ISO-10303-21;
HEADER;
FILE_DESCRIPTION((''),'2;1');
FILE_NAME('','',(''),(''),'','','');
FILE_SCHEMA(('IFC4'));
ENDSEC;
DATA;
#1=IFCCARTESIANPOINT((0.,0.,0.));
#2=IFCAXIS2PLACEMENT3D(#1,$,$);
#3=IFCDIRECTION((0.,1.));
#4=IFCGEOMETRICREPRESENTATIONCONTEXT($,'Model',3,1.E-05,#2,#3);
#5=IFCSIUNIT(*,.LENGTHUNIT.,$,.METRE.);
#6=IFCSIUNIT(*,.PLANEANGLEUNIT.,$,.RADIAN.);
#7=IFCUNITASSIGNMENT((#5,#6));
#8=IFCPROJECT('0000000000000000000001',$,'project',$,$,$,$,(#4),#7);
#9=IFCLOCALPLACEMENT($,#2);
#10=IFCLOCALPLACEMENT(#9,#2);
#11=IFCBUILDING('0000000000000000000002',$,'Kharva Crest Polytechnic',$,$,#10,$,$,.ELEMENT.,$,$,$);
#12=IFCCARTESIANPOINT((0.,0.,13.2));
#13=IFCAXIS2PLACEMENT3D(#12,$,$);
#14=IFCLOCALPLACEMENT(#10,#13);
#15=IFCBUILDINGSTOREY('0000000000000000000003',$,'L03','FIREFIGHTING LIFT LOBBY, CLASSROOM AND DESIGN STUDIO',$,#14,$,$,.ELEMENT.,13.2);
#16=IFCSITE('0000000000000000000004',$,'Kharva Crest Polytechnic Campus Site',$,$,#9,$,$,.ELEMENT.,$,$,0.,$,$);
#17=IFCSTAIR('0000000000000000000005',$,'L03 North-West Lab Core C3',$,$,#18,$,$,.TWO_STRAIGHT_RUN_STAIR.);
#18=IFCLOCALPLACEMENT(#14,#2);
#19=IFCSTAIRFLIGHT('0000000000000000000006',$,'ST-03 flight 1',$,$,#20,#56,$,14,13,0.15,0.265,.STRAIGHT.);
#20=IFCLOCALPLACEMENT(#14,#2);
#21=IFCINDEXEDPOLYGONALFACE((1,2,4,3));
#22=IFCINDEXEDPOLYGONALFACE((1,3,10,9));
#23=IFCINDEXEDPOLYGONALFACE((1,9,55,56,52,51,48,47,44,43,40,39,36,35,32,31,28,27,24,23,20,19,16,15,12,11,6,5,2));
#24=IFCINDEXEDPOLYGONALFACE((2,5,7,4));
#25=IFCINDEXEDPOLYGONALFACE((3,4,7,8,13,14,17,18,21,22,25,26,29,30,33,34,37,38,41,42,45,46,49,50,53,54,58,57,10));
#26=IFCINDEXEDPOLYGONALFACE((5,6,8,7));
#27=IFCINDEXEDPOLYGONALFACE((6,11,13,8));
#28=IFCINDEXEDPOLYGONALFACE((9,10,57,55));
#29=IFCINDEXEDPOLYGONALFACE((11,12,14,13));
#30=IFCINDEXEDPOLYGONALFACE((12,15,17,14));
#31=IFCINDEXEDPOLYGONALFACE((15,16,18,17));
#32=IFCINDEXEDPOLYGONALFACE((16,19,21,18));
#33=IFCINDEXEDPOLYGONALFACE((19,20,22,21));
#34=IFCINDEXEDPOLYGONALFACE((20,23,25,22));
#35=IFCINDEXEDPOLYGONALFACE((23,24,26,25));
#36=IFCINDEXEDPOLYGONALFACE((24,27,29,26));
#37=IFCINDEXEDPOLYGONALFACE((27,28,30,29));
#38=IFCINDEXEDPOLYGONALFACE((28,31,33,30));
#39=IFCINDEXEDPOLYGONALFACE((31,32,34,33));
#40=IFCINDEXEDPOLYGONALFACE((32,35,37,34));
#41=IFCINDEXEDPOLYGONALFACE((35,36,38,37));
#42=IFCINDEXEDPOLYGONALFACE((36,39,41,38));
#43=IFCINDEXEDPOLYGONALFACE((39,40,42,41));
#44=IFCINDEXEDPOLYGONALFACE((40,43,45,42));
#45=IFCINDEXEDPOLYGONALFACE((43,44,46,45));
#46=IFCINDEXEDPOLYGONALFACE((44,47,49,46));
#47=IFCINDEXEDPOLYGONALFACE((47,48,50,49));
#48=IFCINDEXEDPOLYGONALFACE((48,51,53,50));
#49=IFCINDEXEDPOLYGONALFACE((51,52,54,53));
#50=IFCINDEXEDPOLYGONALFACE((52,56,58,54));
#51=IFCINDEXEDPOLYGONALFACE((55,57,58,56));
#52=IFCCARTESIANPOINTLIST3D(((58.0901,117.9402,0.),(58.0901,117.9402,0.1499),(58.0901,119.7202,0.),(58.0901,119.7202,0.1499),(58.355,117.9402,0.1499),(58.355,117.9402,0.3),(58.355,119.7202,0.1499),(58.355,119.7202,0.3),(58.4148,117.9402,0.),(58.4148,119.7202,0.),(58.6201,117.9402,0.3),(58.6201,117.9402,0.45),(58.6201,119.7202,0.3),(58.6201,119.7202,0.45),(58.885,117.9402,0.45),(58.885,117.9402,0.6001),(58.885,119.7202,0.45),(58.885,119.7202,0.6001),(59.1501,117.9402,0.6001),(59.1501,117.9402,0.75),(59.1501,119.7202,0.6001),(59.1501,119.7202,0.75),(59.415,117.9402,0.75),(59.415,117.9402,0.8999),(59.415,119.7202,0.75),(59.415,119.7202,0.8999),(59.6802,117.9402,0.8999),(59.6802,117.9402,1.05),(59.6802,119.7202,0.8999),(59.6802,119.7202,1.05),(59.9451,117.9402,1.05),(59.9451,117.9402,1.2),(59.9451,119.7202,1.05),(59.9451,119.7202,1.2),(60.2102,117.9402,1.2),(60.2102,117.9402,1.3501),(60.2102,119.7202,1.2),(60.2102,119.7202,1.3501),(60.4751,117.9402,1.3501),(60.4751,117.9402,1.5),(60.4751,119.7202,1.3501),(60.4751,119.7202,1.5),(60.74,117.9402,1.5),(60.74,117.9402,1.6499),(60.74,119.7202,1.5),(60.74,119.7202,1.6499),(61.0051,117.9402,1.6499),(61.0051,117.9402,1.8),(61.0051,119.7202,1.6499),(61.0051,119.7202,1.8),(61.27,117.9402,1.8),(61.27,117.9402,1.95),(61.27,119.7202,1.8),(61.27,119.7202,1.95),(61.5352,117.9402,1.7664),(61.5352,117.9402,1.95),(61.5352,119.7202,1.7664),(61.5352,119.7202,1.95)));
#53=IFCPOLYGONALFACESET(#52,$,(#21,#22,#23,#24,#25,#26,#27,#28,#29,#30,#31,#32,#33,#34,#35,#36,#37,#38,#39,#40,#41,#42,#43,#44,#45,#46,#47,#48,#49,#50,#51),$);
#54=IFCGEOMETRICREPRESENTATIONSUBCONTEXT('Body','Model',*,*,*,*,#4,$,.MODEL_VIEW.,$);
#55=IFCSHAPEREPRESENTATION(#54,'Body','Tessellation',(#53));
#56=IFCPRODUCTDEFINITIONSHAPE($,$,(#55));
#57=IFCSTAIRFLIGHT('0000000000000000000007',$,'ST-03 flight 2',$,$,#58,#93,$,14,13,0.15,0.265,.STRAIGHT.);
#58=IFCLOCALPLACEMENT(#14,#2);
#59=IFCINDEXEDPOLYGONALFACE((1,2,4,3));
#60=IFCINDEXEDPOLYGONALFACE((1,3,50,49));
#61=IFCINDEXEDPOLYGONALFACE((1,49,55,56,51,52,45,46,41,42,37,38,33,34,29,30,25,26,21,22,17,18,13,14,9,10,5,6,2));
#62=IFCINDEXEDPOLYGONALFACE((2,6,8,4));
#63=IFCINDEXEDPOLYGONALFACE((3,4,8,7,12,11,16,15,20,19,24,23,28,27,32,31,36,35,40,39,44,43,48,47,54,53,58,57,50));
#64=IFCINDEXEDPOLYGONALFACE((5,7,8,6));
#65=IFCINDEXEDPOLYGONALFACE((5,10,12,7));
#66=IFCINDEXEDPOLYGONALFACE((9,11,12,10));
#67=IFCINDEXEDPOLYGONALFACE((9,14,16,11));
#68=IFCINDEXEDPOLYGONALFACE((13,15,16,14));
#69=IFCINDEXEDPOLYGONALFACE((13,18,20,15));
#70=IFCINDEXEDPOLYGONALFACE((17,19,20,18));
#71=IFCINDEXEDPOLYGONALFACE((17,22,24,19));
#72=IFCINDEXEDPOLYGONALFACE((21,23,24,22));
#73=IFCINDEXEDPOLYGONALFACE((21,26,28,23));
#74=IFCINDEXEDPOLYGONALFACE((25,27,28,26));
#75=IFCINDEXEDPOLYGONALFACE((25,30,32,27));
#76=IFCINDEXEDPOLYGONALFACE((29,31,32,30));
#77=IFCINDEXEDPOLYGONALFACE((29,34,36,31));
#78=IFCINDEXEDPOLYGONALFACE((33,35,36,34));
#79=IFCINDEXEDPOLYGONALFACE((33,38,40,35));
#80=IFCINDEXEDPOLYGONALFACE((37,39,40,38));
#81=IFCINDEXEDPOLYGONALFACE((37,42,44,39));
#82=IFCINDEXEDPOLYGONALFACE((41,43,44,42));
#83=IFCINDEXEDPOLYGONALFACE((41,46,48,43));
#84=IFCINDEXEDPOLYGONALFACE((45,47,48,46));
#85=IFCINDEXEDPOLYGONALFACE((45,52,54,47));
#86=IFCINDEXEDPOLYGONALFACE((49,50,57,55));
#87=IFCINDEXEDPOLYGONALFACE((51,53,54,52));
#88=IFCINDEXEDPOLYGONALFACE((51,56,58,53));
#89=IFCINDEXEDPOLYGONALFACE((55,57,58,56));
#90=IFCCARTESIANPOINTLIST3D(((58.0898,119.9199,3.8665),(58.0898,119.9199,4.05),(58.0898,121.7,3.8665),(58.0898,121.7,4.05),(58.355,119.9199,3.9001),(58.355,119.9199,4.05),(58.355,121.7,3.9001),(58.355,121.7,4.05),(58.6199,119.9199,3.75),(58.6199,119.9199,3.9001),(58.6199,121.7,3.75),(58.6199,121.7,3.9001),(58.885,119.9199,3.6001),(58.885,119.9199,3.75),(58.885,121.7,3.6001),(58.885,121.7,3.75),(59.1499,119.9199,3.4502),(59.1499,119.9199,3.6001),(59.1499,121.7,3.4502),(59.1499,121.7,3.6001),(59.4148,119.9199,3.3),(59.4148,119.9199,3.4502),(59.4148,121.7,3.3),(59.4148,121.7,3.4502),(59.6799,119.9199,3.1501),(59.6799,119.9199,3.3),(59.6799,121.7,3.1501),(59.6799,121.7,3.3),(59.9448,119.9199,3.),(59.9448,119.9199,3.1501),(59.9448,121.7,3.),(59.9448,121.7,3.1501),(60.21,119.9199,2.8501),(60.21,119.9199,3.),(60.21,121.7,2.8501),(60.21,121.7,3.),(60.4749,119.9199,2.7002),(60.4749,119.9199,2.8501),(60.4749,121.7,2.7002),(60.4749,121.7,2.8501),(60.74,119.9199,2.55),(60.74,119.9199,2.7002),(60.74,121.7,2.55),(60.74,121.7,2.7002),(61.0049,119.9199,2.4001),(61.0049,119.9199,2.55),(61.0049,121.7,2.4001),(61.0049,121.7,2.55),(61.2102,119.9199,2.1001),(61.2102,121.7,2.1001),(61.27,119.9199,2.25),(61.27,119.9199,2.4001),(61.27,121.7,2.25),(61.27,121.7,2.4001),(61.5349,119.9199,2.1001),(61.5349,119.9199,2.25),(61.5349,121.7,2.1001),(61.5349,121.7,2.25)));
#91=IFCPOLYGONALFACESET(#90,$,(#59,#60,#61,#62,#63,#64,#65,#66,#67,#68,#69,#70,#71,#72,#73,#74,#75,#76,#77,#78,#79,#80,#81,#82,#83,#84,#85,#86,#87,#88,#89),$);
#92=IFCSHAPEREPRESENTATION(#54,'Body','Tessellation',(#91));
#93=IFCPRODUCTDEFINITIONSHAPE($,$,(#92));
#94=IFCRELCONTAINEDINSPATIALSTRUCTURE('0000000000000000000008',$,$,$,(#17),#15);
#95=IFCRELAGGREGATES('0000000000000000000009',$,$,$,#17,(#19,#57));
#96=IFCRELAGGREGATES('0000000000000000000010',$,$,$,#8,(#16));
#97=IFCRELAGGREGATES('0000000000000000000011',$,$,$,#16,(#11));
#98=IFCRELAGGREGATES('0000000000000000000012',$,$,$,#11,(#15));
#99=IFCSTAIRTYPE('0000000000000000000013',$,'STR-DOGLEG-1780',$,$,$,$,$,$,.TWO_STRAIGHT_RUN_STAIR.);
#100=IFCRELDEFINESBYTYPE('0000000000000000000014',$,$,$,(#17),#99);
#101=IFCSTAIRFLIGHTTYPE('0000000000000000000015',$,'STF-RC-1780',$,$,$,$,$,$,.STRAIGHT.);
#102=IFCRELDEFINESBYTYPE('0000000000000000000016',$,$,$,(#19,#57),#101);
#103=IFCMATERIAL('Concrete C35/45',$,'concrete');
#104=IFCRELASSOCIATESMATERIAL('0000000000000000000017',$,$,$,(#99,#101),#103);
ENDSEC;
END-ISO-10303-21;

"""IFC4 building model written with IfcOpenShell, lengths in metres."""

from ifc_helpers import new_model, si_unit, direction, frame, origin, place, context, subcontext, project, spatial, polyline, outline, extrude, material, type_object, element, aggregate, save


model = new_model("IFC4")

# Units and contexts
model_context = context("Model", 3, precision=1e-05, world=origin(), true_north=direction((0.0, 1.0)))
body_context = subcontext(model_context, "Body", "Model", "MODEL_VIEW")
ifc_project = project(units=[si_unit("LENGTHUNIT", "METRE"), si_unit("PLANEANGLEUNIT", "RADIAN")], contexts=[model_context])

# Site, building, storey
site_placement = place(None, origin())
site = spatial("IfcSite", under=ifc_project, at=site_placement, Name="Kharva Crest Polytechnic Campus Site", CompositionType="ELEMENT", RefElevation=0.0)
building_placement = place(site_placement, origin())
building = spatial("IfcBuilding", under=site, at=building_placement, Name="Kharva Crest Polytechnic", CompositionType="ELEMENT")
storey_placement = place(building_placement, frame((0.0, 0.0, 13.2)))
storey = spatial("IfcBuildingStorey", under=building, at=storey_placement, Name="L03", Description="FIREFIGHTING LIFT LOBBY, CLASSROOM AND DESIGN STUDIO", CompositionType="ELEMENT", Elevation=13.2)

# Shared definitions
ifc_material_1 = material(Name="Concrete C35/45", Category="concrete")

# Stair, stair flights
stair_type = type_object("IfcStairType", Name="STR-DOGLEG-1780", PredefinedType="TWO_STRAIGHT_RUN_STAIR", material=ifc_material_1)
stair_placement = place(storey_placement, origin())
stair = element("IfcStair", 1, at=stair_placement, inside=storey, type_object=stair_type, Name="L03 North-West Lab Core C3", PredefinedType="TWO_STRAIGHT_RUN_STAIR")
stair_flight_type = type_object("IfcStairFlightType", Name="STF-RC-1780", PredefinedType="STRAIGHT", material=ifc_material_1)
stair_flight_1_placement = place(storey_placement, frame((58.0901, 118.8301, 0.0), z_axis=(0.0, 0.0, 1.0), x_axis=(1.0, 0.0, 0.0)))
stair_flight_1 = element("IfcStairFlight", 2, at=stair_flight_1_placement, type_object=stair_flight_type, Name="ST-03 flight 1", NumberOfRisers=14, NumberOfTreads=13, PredefinedType="STRAIGHT", RiserHeight=0.15, TreadLength=0.265, context=body_context, shape_type="SweptSolid", body=[
    extrude(outline(polyline([(0.0, 0.0), (0.0, 0.1499), (0.2649, 0.1499), (0.2649, 0.3), (0.53, 0.3), (0.53, 0.45), (0.7949, 0.45), (0.7949, 0.6001), (1.0601, 0.6001), (1.0601, 0.75), (1.325, 0.75), (1.325, 0.8999), (1.5901, 0.8999), (1.5901, 1.05), (1.855, 1.05), (1.855, 1.2), (2.1201, 1.2), (2.1201, 1.3501), (2.385, 1.3501), (2.385, 1.5), (2.6499, 1.5), (2.6499, 1.6499), (2.915, 1.6499), (2.915, 1.8), (3.1799, 1.8), (3.1799, 1.95), (3.4451, 1.95), (3.4451, 2.1001), (3.4451, 1.7664), (0.3247, 0.0), (0.0, 0.0)])), frame((0.0, 0.8901, 0.0), z_axis=(0.0, -1.0, 0.0), x_axis=(1.0, 0.0, 0.0)), (0.0, 0.0, 1.0), 1.78),
])
stair_flight_2_placement = place(storey_placement, frame((61.5349, 120.8101, 2.1001), z_axis=(0.0, 0.0, 1.0), x_axis=(-1.0, 0.0, 0.0)))
stair_flight_2 = element("IfcStairFlight", 3, at=stair_flight_2_placement, type_object=stair_flight_type, Name="ST-03 flight 2", NumberOfRisers=14, NumberOfTreads=13, PredefinedType="STRAIGHT", RiserHeight=0.15, TreadLength=0.265, context=body_context, shape_type="SweptSolid", body=[
    extrude(outline(polyline([(0.0, 0.0), (0.0, 0.1499), (0.2649, 0.1499), (0.2649, 0.3), (0.53, 0.3), (0.53, 0.45), (0.7949, 0.45), (0.7949, 0.6001), (1.0601, 0.6001), (1.0601, 0.75), (1.325, 0.75), (1.325, 0.8999), (1.5901, 0.8999), (1.5901, 1.05), (1.855, 1.05), (1.855, 1.2), (2.1201, 1.2), (2.1201, 1.3501), (2.385, 1.3501), (2.385, 1.5), (2.6499, 1.5), (2.6499, 1.6499), (2.915, 1.6499), (2.915, 1.8), (3.1799, 1.8), (3.1799, 1.95), (3.4451, 1.95), (3.4451, 2.1001), (3.4451, 1.7664), (0.3247, 0.0), (0.0, 0.0)])), frame((0.0, 0.8901, 0.0), z_axis=(0.0, -1.0, 0.0), x_axis=(1.0, 0.0, 0.0)), (0.0, 0.0, 1.0), 1.78),
])
aggregate(stair, [stair_flight_1, stair_flight_2])

save(model, "model.ifc")
